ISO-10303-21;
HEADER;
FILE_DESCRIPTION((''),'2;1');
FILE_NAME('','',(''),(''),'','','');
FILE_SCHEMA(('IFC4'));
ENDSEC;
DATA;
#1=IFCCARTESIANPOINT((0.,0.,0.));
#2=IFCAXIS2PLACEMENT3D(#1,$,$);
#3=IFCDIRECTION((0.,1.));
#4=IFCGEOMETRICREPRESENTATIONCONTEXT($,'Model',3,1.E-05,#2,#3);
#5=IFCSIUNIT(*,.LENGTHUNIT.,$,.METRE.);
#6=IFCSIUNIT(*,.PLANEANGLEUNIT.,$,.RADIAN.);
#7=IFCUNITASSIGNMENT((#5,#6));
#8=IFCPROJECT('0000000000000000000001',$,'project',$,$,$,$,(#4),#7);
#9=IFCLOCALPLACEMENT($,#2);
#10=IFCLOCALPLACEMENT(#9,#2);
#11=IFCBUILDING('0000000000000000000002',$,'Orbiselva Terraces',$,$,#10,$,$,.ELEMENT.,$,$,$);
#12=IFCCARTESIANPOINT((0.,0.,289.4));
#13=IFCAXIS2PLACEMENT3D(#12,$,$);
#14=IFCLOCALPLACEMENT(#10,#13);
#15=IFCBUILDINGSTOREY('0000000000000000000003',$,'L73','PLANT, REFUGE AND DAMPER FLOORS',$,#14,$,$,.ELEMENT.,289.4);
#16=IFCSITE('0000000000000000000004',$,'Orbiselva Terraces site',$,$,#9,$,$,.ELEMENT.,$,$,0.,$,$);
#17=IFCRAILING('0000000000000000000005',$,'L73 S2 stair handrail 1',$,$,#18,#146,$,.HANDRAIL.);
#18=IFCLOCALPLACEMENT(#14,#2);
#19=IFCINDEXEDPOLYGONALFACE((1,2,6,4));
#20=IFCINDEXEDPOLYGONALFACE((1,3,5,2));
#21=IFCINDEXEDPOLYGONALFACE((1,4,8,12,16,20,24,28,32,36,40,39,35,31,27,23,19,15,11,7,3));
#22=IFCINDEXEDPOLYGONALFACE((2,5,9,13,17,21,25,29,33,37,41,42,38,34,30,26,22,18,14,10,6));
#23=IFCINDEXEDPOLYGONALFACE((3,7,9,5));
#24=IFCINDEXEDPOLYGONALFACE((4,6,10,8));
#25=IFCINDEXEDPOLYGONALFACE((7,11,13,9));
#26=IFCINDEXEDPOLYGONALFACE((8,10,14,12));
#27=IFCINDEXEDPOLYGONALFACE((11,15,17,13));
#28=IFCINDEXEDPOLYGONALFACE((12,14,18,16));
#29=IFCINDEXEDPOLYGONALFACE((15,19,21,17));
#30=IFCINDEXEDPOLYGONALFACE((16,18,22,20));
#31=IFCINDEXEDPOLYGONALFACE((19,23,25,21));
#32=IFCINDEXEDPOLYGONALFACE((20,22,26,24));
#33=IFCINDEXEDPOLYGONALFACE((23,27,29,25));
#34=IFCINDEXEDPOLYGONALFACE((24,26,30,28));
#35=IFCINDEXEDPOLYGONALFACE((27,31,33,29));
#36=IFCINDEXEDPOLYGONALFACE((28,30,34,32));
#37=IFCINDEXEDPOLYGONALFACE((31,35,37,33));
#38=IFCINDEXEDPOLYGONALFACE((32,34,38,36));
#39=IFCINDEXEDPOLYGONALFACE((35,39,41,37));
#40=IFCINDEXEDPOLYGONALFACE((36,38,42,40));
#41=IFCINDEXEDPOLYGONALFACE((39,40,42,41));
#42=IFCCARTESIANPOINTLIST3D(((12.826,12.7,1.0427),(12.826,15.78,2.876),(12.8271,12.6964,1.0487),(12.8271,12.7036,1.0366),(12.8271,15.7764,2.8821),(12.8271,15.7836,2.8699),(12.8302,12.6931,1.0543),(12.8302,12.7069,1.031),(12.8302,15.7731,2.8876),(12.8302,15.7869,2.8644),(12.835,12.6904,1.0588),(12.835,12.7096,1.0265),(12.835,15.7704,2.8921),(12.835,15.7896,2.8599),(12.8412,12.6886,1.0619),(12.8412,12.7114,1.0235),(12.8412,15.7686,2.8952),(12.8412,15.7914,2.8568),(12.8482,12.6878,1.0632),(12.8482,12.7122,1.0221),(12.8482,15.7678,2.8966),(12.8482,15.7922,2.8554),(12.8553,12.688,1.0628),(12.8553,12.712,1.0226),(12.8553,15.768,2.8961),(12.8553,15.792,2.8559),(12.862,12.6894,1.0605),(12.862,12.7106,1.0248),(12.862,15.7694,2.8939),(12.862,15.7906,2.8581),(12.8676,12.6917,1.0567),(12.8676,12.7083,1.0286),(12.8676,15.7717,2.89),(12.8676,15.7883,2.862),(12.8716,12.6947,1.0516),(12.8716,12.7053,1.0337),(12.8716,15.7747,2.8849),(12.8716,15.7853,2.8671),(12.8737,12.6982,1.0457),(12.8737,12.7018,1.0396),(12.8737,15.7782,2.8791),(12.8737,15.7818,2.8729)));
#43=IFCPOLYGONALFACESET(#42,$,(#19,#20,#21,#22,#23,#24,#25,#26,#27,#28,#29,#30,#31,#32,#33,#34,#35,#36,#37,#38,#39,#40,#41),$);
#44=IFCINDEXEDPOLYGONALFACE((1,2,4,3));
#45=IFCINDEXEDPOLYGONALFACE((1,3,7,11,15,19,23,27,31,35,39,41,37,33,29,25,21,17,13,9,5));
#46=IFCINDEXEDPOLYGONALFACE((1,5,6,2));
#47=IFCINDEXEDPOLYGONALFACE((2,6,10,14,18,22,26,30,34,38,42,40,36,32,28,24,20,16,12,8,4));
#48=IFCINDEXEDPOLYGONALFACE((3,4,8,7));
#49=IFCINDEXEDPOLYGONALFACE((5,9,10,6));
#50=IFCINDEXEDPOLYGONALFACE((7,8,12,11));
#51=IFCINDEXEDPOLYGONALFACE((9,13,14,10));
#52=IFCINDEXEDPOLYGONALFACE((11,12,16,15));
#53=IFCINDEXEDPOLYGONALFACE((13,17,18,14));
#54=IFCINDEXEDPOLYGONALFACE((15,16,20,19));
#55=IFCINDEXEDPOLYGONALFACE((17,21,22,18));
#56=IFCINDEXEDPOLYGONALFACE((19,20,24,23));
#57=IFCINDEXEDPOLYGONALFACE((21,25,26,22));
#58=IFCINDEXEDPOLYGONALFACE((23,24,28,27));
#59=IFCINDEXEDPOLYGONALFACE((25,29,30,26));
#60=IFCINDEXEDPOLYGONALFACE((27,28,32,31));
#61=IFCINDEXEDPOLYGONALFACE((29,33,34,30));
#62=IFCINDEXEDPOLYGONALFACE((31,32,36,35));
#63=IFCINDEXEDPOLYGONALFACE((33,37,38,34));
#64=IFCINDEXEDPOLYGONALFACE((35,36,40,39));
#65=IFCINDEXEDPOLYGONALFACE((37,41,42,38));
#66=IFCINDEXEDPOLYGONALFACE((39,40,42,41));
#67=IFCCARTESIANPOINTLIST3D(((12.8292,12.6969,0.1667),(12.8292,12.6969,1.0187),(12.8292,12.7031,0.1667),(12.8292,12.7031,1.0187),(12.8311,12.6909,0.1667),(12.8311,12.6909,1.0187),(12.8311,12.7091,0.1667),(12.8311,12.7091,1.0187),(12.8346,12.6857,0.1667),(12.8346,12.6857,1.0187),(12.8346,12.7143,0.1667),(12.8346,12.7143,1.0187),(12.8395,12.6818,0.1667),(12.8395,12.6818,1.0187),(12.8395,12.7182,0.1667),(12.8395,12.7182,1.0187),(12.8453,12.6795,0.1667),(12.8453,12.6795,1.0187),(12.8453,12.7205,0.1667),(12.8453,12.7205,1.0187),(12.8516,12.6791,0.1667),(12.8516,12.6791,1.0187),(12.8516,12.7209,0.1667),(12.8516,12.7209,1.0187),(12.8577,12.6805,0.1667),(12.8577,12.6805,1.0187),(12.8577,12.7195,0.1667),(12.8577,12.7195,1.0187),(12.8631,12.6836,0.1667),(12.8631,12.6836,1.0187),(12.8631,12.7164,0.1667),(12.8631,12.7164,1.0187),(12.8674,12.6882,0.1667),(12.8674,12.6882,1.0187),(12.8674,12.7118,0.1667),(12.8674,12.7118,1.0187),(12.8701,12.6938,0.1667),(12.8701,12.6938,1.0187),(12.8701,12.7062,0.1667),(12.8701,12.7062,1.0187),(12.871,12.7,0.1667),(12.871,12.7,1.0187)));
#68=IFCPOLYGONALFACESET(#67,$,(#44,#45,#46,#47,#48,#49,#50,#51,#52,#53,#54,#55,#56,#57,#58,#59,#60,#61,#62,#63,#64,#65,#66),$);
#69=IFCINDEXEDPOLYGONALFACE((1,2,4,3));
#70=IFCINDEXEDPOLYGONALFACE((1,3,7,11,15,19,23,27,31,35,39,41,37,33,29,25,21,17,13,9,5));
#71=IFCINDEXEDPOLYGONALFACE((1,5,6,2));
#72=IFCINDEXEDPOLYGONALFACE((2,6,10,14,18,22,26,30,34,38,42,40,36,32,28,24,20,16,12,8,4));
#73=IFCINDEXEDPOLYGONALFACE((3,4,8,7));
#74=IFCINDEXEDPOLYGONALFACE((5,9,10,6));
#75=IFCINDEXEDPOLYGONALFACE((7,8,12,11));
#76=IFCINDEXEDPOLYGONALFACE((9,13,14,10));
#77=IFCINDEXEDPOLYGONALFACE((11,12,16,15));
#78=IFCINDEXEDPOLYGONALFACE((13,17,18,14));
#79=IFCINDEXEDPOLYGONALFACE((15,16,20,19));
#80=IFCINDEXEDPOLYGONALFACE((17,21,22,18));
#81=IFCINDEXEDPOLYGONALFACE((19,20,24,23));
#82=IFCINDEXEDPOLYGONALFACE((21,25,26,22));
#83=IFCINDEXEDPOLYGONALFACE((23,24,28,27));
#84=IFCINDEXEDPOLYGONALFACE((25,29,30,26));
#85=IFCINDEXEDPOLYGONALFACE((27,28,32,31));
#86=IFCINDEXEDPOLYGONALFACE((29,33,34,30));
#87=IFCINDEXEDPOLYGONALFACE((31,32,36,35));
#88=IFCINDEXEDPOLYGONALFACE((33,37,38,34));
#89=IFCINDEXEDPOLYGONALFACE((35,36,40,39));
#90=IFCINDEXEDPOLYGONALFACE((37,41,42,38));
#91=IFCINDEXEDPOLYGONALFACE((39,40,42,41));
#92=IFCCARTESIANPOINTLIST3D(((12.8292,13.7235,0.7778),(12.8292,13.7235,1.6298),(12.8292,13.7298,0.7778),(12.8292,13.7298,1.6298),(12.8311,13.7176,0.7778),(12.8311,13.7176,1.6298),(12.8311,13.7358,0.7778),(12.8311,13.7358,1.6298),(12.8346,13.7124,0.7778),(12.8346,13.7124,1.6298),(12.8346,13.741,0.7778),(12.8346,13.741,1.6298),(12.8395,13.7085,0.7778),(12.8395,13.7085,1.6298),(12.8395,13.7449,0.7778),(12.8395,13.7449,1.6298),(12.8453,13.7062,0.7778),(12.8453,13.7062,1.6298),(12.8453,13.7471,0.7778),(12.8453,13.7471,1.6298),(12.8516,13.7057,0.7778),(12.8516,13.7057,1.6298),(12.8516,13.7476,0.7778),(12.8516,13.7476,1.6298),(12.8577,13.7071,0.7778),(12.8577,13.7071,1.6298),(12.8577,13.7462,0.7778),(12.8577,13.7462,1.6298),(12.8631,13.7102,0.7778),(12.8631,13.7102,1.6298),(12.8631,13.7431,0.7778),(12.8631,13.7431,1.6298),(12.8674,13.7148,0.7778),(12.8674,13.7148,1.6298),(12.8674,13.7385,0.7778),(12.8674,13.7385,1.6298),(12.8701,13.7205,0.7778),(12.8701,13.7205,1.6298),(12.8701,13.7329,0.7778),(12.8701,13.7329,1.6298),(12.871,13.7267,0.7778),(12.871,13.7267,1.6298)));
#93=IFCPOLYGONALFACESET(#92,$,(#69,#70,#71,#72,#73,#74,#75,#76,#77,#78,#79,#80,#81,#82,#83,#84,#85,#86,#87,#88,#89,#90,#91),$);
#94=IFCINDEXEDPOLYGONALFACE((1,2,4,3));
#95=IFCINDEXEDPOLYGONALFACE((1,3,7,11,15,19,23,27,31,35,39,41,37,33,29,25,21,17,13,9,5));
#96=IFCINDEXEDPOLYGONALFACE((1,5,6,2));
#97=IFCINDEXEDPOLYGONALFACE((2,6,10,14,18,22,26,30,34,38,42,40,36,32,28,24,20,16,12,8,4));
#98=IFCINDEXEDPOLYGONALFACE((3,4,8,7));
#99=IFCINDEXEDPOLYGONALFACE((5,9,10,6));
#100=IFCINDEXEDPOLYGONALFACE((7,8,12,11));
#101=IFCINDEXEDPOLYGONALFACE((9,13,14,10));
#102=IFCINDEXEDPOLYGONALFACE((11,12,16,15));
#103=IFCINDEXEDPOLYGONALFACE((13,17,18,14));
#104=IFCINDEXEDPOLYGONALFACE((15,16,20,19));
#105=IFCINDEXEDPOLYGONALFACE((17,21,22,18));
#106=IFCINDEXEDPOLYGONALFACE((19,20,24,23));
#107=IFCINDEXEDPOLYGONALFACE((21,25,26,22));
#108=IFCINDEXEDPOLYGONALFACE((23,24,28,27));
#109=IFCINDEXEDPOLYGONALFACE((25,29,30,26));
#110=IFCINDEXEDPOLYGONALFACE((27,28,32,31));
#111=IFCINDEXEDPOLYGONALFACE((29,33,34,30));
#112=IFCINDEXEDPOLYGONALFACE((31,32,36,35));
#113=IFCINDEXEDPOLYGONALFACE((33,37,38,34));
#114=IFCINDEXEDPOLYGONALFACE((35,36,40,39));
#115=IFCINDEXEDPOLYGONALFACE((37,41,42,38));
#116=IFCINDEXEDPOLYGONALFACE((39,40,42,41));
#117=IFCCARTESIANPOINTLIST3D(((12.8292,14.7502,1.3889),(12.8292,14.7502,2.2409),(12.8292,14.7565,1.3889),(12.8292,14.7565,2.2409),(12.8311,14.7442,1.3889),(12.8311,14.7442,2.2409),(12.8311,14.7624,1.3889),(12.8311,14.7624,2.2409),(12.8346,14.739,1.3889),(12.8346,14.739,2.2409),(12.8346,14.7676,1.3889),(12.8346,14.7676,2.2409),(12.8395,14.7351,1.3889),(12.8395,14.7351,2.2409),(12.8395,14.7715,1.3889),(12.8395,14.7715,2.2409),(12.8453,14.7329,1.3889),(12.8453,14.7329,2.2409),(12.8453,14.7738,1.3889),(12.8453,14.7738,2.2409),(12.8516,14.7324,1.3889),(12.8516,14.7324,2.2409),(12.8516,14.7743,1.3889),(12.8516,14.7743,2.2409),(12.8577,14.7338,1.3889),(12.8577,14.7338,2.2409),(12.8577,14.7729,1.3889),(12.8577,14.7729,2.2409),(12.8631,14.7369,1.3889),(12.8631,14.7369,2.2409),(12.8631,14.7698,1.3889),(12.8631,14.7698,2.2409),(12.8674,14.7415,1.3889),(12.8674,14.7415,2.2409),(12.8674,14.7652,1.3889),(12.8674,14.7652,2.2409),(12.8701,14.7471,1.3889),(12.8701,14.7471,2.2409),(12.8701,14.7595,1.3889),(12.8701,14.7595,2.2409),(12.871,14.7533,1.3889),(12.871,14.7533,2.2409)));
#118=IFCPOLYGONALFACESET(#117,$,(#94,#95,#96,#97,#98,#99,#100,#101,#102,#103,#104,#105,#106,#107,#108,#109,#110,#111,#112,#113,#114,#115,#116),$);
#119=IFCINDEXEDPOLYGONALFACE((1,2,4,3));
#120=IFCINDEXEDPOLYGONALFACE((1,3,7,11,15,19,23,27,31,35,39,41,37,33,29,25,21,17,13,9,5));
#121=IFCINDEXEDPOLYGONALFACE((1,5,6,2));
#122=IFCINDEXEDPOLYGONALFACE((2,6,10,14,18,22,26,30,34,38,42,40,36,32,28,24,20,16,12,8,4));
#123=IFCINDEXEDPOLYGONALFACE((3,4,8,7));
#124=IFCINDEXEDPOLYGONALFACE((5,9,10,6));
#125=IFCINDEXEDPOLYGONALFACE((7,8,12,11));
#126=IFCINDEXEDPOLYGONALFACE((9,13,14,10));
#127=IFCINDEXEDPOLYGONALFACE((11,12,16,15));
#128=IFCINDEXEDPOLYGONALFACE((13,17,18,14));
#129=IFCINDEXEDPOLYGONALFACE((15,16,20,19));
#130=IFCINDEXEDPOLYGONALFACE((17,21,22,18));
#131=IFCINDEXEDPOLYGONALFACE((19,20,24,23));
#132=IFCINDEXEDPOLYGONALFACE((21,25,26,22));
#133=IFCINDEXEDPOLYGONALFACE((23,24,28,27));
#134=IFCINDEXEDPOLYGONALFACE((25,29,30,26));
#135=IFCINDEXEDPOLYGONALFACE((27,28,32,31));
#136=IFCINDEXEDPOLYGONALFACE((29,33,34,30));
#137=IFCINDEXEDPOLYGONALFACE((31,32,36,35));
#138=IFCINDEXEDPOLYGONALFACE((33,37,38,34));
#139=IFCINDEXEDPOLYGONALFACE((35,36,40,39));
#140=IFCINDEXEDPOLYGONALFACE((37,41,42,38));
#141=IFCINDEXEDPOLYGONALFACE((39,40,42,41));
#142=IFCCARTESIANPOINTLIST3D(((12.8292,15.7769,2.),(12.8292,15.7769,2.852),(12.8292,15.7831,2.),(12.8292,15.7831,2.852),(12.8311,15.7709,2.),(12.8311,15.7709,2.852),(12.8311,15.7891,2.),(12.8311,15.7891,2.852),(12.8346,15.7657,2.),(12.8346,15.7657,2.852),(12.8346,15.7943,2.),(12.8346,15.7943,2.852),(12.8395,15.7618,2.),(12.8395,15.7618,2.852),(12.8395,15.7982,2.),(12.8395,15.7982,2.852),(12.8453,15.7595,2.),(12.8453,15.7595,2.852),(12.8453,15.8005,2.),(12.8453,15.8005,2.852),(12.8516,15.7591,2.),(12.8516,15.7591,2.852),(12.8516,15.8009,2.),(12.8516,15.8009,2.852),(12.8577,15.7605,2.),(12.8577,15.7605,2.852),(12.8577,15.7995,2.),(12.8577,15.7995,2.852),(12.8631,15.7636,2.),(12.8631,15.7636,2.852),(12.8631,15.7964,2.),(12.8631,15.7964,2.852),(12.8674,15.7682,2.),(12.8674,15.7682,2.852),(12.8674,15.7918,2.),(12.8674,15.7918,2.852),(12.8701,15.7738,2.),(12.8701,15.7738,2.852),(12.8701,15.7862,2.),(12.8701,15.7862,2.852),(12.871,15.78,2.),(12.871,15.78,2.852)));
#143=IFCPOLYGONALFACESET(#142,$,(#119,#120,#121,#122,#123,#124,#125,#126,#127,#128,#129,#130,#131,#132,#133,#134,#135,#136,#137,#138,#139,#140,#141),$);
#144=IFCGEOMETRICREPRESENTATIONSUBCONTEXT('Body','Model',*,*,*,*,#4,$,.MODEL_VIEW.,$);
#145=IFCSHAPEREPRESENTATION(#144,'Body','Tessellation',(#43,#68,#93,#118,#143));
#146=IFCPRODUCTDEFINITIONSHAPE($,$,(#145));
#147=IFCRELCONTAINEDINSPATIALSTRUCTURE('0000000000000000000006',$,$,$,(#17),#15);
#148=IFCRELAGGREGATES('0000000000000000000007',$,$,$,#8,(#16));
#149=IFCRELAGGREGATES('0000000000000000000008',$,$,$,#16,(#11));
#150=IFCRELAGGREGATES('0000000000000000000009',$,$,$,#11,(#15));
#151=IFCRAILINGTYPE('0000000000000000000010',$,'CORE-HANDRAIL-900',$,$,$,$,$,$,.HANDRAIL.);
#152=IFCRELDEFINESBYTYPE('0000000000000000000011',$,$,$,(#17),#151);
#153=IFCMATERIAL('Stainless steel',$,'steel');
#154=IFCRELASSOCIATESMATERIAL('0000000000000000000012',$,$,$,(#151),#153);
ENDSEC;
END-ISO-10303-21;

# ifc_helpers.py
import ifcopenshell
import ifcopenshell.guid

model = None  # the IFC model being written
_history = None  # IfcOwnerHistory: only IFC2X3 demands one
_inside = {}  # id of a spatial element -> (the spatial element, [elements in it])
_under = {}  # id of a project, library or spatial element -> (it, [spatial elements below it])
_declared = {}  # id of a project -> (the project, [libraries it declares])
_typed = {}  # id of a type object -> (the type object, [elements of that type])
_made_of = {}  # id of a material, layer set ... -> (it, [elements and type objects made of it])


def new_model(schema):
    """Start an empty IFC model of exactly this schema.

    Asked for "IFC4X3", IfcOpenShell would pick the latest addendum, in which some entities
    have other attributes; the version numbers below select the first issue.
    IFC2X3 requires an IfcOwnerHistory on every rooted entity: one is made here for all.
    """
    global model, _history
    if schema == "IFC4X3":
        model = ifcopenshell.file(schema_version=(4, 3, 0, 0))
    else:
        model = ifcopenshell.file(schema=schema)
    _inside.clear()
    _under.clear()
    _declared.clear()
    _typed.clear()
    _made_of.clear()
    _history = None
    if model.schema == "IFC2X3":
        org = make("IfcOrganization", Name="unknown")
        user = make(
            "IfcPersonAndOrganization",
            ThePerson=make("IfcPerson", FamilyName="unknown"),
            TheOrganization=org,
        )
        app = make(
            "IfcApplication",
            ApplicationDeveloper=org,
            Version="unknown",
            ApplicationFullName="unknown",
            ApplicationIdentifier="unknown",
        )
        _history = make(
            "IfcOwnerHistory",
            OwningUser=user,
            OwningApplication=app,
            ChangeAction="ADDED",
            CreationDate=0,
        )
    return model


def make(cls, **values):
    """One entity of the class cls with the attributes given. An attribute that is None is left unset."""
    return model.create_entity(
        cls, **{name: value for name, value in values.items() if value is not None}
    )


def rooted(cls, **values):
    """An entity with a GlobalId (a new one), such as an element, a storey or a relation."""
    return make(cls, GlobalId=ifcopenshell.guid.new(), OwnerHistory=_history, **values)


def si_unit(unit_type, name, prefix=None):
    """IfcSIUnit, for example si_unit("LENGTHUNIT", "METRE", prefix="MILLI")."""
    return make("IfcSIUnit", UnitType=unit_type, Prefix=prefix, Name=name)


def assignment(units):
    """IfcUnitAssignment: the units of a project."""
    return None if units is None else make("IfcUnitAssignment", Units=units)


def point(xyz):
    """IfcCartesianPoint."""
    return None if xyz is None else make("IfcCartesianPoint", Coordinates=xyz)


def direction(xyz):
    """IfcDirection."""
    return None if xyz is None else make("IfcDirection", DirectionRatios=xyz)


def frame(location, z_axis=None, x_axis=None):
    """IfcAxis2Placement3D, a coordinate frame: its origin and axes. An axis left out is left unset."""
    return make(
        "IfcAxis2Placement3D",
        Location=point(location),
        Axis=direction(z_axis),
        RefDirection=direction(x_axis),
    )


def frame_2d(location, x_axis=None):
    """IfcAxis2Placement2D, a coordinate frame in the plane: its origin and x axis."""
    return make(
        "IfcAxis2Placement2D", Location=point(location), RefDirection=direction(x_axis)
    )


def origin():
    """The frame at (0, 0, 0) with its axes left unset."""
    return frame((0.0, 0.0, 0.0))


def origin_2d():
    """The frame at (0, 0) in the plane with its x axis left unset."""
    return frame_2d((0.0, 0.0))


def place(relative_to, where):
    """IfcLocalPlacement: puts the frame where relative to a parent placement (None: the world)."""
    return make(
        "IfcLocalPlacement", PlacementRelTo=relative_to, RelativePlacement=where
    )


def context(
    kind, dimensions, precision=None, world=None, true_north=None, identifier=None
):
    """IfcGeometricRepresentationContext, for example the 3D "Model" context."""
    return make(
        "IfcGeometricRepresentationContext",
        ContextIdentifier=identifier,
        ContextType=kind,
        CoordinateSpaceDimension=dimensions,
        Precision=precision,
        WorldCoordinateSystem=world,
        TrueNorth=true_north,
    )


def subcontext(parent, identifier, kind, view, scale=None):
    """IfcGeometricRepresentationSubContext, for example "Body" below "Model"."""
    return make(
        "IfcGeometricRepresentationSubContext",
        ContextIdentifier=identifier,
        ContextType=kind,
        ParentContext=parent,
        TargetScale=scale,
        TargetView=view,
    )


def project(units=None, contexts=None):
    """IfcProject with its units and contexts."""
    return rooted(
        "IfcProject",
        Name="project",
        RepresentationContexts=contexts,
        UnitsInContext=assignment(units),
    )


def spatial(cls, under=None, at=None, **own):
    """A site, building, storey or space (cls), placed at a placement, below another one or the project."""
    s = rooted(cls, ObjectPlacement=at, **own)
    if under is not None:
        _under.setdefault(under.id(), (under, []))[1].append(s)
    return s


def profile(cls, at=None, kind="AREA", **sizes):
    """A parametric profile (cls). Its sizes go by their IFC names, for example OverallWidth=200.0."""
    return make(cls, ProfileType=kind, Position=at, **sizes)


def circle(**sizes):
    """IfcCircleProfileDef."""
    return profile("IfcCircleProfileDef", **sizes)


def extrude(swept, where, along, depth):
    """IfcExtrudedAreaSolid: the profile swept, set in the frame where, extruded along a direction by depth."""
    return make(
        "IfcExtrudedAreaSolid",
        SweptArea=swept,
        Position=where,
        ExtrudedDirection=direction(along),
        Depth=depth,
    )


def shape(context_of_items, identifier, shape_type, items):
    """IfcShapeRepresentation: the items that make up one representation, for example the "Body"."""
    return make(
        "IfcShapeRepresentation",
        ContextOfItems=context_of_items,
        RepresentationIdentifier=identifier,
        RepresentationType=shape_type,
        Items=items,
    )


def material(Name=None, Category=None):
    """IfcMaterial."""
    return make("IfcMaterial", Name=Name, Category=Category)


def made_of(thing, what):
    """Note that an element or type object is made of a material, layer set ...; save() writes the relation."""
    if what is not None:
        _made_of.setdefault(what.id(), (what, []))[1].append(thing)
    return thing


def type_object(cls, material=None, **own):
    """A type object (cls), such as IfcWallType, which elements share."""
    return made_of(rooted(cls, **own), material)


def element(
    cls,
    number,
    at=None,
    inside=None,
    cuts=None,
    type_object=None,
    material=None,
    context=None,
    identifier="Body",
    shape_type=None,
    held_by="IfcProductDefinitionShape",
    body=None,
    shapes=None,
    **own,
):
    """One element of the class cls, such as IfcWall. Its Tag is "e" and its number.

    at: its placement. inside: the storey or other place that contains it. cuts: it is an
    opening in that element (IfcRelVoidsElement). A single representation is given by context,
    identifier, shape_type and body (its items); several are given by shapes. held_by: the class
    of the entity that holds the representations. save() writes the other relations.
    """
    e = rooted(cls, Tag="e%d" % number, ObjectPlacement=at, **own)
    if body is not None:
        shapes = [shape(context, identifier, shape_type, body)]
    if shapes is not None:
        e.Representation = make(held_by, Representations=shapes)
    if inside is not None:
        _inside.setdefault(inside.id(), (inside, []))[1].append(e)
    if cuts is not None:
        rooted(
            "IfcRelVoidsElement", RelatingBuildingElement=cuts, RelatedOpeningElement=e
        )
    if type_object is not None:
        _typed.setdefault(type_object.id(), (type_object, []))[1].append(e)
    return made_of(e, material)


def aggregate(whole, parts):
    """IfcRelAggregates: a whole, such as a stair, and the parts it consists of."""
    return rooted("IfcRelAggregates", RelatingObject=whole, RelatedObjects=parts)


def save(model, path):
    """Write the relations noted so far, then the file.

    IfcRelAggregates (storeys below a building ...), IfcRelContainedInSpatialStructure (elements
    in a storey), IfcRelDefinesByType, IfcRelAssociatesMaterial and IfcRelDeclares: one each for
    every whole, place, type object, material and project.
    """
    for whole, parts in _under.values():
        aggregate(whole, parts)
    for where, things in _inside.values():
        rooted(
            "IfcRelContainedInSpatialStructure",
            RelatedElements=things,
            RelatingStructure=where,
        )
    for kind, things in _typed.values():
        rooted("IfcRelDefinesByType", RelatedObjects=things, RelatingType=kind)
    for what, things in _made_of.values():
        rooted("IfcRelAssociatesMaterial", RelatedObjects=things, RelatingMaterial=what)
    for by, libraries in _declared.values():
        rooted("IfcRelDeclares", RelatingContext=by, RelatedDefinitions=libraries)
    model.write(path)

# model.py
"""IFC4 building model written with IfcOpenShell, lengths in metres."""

from ifc_helpers import new_model, si_unit, direction, frame, origin, origin_2d, place, context, subcontext, project, spatial, circle, extrude, material, type_object, element, save


model = new_model("IFC4")

# Units and contexts
model_context = context("Model", 3, precision=1e-05, world=origin(), true_north=direction((0.0, 1.0)))
body_context = subcontext(model_context, "Body", "Model", "MODEL_VIEW")
ifc_project = project(units=[si_unit("LENGTHUNIT", "METRE"), si_unit("PLANEANGLEUNIT", "RADIAN")], contexts=[model_context])

# Site, building, storey
site_placement = place(None, origin())
site = spatial("IfcSite", under=ifc_project, at=site_placement, Name="Orbiselva Terraces site", CompositionType="ELEMENT", RefElevation=0.0)
building_placement = place(site_placement, origin())
building = spatial("IfcBuilding", under=site, at=building_placement, Name="Orbiselva Terraces", CompositionType="ELEMENT")
storey_placement = place(building_placement, frame((0.0, 0.0, 289.4)))
storey = spatial("IfcBuildingStorey", under=building, at=storey_placement, Name="L73", Description="PLANT, REFUGE AND DAMPER FLOORS", CompositionType="ELEMENT", Elevation=289.4)

# Railing
ifc_material_1 = material(Name="Stainless steel", Category="steel")
railing_type_1 = type_object("IfcRailingType", Name="CORE-HANDRAIL-900", PredefinedType="HANDRAIL", material=ifc_material_1)
for number, where, name in (
    (1, (12.85, 12.7, 0.1667), "L73 S2 stair handrail 1"),
):
    element("IfcRailing", number, at=place(storey_placement, frame(where)), inside=storey, type_object=railing_type_1, Name=name, PredefinedType="HANDRAIL", context=body_context, shape_type="SweptSolid", body=[
        extrude(circle(Radius=0.024, at=origin_2d()), frame((0.0, 0.0, 0.876), z_axis=(0.0, 0.859293, 0.511484), x_axis=(-1.0, 0.0, 0.0)), (0.0, 0.0, 1.0), 3.5843),
        extrude(circle(Radius=0.021, at=origin_2d()), origin(), (0.0, 0.0, 1.0), 0.852),
        extrude(circle(Radius=0.021, at=origin_2d()), frame((0.0, 1.0267, 0.6111)), (0.0, 0.0, 1.0), 0.852),
        extrude(circle(Radius=0.021, at=origin_2d()), frame((0.0, 2.0533, 1.2222)), (0.0, 0.0, 1.0), 0.852),
        extrude(circle(Radius=0.021, at=origin_2d()), frame((0.0, 3.08, 1.8333)), (0.0, 0.0, 1.0), 0.852),
    ])

save(model, "model.ifc")
